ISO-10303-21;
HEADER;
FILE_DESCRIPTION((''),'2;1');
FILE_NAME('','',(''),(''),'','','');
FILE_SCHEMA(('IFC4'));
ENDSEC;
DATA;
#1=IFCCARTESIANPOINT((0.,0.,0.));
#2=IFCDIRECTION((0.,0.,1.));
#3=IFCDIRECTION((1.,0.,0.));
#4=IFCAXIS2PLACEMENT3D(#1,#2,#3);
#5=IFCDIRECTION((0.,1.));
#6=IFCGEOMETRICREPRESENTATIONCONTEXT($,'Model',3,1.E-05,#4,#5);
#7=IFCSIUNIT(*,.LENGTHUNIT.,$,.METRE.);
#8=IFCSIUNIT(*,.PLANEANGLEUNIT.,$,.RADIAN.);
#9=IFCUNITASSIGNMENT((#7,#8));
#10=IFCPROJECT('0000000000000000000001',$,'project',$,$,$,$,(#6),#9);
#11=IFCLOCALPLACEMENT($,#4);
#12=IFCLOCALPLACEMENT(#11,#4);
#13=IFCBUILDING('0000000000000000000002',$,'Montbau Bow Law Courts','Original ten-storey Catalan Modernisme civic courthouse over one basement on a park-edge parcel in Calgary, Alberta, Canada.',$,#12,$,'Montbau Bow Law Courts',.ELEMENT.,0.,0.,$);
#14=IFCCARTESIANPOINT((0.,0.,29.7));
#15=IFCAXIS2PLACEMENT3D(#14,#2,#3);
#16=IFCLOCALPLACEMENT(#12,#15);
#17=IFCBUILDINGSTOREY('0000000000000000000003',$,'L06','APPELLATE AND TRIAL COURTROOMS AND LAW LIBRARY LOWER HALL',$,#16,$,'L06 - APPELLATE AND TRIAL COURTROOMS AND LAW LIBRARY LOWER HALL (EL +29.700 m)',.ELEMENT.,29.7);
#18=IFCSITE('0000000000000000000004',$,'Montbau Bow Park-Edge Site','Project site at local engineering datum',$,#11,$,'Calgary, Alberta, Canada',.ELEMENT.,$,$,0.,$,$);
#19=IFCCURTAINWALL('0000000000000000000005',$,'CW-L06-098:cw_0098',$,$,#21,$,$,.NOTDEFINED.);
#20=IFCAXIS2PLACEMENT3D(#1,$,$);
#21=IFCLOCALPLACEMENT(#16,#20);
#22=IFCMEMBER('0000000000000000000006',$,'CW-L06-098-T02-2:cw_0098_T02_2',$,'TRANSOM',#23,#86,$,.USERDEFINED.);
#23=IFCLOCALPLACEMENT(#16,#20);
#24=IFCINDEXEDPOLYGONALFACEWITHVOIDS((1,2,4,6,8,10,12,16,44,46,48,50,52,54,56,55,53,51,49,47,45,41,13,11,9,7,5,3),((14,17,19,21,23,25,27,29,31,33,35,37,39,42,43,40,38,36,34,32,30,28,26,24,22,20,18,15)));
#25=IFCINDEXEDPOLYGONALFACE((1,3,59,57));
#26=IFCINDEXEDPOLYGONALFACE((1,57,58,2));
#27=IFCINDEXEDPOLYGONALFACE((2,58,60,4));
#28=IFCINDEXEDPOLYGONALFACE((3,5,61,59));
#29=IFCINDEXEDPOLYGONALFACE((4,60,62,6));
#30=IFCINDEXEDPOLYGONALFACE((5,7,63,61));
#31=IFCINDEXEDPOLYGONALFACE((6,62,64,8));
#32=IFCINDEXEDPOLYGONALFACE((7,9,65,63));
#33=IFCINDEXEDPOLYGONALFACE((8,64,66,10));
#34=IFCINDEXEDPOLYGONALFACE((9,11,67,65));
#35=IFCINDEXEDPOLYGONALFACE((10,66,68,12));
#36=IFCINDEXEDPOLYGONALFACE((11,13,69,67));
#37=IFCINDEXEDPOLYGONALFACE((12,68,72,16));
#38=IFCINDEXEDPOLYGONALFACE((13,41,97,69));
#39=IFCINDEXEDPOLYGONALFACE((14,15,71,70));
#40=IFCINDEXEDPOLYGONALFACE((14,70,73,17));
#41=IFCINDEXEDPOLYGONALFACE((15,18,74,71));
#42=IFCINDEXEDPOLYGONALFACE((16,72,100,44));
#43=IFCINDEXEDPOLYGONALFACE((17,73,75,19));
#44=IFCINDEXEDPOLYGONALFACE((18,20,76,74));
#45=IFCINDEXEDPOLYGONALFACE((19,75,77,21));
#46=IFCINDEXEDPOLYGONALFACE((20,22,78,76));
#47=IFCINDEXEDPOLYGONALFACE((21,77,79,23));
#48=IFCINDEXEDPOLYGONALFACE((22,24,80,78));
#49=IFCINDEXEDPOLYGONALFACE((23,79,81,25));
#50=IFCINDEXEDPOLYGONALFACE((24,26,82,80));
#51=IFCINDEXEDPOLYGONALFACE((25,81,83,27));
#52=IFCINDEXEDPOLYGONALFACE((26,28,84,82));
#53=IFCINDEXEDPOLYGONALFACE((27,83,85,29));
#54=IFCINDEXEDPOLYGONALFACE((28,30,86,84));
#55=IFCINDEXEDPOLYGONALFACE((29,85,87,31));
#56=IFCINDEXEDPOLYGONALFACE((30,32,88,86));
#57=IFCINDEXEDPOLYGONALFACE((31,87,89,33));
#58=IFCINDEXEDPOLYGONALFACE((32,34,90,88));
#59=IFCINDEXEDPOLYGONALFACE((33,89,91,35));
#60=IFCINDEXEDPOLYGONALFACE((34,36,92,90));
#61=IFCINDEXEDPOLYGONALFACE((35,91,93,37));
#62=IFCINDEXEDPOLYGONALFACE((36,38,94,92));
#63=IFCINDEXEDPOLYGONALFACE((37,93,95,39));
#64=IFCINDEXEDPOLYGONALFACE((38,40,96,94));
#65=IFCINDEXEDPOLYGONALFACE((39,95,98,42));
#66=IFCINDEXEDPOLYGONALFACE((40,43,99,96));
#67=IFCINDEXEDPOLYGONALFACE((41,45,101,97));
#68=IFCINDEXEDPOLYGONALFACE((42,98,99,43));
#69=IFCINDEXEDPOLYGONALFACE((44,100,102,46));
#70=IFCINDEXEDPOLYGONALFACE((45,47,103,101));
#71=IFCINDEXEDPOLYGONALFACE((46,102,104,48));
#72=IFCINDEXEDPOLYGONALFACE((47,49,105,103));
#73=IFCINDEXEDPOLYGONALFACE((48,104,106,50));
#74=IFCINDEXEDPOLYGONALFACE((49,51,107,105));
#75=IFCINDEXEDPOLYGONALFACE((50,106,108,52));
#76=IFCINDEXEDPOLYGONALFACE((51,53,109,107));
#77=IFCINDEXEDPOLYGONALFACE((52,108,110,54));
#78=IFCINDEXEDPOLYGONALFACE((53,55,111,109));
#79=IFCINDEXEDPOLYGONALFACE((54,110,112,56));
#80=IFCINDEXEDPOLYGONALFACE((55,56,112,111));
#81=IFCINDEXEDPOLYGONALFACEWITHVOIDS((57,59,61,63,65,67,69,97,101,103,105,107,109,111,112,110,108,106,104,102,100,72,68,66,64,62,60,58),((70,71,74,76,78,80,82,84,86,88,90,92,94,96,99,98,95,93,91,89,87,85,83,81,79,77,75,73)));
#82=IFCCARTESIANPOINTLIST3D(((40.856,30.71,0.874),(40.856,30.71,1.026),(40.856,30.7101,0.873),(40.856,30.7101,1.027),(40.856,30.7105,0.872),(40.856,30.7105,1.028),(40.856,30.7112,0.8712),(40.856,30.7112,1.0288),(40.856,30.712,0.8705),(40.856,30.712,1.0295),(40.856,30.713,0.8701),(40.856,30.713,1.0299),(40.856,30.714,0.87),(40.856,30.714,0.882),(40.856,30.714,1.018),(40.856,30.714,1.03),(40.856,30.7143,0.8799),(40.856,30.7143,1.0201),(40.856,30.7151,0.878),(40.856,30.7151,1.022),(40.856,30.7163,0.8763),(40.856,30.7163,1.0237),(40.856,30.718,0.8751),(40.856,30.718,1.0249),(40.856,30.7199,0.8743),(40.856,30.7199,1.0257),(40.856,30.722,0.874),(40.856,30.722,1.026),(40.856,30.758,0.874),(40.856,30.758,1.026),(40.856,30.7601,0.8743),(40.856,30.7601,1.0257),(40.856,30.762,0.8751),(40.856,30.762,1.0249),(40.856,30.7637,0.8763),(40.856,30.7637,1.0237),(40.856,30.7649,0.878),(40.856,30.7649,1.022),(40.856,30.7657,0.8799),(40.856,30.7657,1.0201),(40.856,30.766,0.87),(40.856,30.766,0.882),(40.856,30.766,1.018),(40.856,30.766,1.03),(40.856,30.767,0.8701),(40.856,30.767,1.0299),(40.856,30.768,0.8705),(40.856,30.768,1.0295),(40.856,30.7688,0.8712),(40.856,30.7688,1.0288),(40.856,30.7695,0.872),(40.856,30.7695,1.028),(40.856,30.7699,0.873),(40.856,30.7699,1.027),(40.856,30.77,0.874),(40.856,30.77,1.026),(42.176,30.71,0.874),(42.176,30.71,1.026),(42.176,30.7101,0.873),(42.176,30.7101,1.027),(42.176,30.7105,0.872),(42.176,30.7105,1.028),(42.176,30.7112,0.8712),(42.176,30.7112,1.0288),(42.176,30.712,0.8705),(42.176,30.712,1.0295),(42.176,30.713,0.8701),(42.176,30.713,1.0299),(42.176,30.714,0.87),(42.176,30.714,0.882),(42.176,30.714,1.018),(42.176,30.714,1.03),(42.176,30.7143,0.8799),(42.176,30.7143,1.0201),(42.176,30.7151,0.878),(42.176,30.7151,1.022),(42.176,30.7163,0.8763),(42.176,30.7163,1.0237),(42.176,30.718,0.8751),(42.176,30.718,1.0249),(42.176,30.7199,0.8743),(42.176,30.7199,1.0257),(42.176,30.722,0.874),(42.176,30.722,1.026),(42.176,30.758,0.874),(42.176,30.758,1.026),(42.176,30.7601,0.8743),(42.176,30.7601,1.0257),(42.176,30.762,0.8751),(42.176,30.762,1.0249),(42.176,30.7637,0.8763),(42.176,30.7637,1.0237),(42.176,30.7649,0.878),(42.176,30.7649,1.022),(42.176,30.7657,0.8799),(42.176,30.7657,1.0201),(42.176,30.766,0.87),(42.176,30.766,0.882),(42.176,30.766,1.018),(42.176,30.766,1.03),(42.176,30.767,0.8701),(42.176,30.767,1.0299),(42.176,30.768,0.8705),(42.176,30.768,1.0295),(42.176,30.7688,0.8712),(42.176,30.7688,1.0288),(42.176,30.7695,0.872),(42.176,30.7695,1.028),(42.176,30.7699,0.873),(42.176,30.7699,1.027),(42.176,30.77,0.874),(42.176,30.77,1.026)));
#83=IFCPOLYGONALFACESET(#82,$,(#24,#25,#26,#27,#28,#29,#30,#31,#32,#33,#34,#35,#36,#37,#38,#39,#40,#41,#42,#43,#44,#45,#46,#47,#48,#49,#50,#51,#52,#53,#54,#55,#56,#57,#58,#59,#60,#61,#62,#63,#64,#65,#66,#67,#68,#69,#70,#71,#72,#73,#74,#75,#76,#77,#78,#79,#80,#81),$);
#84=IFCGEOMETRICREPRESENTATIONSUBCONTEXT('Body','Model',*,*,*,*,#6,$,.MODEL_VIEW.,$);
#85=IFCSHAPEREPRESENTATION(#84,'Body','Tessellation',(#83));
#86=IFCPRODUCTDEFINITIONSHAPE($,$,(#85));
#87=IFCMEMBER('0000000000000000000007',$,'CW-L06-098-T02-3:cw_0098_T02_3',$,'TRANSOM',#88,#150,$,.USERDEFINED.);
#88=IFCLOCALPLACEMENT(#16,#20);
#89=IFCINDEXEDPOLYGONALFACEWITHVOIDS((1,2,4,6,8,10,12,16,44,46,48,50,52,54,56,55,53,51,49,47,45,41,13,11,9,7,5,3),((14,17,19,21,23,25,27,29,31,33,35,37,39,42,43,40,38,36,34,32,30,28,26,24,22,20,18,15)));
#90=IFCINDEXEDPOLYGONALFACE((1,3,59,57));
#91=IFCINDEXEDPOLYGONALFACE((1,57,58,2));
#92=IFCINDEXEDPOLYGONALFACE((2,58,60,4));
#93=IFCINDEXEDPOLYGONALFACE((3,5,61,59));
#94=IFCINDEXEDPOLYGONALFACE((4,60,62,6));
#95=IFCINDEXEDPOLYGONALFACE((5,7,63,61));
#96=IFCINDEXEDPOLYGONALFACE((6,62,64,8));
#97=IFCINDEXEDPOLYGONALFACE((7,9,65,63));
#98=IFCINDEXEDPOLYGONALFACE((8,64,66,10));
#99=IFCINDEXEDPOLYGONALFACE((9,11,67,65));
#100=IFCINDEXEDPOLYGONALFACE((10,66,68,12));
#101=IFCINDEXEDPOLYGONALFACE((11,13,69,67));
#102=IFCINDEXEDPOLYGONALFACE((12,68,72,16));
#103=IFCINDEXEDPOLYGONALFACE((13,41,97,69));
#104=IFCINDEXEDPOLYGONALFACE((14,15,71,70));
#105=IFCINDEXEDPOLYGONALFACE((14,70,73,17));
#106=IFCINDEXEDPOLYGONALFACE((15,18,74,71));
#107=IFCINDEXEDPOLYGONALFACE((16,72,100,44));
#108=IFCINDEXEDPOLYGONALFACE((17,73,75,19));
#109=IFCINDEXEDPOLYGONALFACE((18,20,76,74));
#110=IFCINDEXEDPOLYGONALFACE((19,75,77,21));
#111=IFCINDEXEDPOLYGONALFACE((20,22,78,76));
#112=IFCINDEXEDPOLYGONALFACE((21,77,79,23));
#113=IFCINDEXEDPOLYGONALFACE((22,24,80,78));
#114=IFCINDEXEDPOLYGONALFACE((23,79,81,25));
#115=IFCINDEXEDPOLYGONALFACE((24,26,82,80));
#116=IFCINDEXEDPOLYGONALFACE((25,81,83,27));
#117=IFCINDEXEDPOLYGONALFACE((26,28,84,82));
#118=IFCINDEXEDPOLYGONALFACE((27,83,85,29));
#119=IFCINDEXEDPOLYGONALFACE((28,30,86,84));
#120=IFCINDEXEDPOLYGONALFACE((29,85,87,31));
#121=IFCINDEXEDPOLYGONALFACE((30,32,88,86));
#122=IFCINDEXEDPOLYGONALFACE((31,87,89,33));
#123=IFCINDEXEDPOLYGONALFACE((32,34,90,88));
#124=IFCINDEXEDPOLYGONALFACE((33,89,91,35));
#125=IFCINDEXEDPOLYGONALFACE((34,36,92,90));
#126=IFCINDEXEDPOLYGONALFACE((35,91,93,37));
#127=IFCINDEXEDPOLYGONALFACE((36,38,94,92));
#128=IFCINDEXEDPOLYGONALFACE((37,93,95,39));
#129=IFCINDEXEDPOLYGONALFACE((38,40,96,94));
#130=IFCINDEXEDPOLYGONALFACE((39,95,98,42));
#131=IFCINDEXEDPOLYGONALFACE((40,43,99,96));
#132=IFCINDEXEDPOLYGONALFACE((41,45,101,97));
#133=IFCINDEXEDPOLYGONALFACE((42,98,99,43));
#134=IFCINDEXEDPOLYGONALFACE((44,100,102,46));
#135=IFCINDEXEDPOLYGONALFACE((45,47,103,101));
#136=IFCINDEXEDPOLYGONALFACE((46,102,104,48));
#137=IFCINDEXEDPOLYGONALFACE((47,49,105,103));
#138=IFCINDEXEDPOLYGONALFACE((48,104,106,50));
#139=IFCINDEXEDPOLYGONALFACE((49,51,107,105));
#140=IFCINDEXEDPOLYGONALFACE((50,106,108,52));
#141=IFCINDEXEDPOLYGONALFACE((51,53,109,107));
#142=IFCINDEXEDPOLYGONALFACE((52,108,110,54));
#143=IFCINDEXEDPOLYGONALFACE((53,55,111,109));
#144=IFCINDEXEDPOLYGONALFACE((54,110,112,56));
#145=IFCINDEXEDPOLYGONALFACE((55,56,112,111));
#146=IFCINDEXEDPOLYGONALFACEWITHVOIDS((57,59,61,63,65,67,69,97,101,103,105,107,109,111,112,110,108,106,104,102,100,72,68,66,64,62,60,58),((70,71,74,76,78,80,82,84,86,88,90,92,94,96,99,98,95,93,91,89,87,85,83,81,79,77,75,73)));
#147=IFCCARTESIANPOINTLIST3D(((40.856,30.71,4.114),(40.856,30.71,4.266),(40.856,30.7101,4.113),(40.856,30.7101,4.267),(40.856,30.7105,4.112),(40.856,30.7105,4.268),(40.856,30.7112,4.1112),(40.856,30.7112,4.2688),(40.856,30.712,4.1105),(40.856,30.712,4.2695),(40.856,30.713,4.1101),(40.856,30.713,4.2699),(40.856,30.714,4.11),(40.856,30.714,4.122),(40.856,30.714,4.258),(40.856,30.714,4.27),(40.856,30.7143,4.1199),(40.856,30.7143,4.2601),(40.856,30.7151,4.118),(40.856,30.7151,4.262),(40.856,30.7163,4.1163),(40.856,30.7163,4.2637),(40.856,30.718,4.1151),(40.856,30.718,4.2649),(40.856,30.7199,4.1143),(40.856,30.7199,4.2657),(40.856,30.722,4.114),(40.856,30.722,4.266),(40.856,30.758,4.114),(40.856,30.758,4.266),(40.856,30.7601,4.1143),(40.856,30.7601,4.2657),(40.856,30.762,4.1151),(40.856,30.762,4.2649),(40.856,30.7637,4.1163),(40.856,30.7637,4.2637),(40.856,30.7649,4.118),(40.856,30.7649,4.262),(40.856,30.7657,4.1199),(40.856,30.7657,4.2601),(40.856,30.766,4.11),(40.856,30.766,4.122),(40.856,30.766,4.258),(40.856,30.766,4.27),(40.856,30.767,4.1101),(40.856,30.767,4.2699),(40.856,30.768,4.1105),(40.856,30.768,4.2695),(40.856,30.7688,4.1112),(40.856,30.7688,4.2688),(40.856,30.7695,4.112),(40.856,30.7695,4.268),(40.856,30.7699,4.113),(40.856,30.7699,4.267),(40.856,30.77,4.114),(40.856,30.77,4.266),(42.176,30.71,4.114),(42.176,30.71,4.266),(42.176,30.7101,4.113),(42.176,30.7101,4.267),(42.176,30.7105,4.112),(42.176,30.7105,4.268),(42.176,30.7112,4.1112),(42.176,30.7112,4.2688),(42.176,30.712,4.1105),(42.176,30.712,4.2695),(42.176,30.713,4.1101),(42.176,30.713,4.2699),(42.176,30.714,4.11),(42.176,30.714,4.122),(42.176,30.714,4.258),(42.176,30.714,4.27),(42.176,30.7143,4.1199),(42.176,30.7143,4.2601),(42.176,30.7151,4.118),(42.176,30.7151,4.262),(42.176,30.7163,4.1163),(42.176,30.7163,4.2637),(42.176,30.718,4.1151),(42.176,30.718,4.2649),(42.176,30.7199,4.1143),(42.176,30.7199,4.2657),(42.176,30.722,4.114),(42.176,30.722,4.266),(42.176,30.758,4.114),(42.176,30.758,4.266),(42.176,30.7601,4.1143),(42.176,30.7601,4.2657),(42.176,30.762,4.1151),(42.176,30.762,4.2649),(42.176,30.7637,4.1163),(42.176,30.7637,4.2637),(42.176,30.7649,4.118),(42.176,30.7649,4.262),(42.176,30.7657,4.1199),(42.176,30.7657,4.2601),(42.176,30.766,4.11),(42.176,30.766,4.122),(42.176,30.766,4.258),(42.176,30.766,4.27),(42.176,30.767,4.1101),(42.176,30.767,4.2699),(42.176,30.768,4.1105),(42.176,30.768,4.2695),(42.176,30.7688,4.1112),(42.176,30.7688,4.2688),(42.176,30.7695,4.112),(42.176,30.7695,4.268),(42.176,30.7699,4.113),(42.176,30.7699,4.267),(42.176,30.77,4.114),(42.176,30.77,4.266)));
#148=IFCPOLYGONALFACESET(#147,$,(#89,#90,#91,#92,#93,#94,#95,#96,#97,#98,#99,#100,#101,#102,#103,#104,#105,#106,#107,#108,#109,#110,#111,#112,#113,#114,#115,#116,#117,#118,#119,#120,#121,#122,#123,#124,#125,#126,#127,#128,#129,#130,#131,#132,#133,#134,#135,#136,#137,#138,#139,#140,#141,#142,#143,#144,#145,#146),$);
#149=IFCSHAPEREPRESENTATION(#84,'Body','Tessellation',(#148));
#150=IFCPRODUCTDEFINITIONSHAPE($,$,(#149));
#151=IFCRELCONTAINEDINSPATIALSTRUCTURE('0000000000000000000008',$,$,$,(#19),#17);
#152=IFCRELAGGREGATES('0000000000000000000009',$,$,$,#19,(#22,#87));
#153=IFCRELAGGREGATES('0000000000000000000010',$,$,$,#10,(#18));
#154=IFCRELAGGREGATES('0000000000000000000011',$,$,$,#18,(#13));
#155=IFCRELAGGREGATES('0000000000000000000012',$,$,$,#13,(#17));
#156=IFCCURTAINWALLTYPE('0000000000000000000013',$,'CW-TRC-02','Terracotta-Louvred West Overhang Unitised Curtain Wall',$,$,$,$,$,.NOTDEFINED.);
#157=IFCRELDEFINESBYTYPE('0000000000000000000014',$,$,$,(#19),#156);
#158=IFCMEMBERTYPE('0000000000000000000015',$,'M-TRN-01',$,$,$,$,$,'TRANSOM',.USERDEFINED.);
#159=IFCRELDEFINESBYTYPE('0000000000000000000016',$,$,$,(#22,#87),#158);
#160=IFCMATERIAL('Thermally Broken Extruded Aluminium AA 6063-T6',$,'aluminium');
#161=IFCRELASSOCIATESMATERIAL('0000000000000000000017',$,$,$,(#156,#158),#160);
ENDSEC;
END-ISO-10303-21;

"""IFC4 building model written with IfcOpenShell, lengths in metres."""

from ifc_helpers import new_model, si_unit, direction, frame, origin_with_axes, origin_2d_with_axis, place, context, subcontext, project, spatial, hollow_rectangle, extrude, material, material_profile, profile_set, type_object, element, aggregate, save


model = new_model("IFC4")

# Units and contexts
model_context = context("Model", 3, precision=1e-05, world=origin_with_axes(), true_north=direction((0.0, 1.0)))
body_context = subcontext(model_context, "Body", "Model", "MODEL_VIEW")
ifc_project = project(units=[si_unit("LENGTHUNIT", "METRE"), si_unit("PLANEANGLEUNIT", "RADIAN")], contexts=[model_context])

# Site, building, storey
site_placement = place(None, origin_with_axes())
site = spatial("IfcSite", under=ifc_project, at=site_placement, Name="Montbau Bow Park-Edge Site", Description="Project site at local engineering datum", LongName="Calgary, Alberta, Canada", CompositionType="ELEMENT", RefElevation=0.0)
building_placement = place(site_placement, origin_with_axes())
building = spatial("IfcBuilding", under=site, at=building_placement, Name="Montbau Bow Law Courts", Description="Original ten-storey Catalan Modernisme civic courthouse over one basement on a park-edge parcel in Calgary, Alberta, Canada.", LongName="Montbau Bow Law Courts", CompositionType="ELEMENT", ElevationOfRefHeight=0.0, ElevationOfTerrain=0.0)
storey_placement = place(building_placement, frame((0.0, 0.0, 29.7), z_axis=(0.0, 0.0, 1.0), x_axis=(1.0, 0.0, 0.0)))
storey = spatial("IfcBuildingStorey", under=building, at=storey_placement, Name="L06", Description="APPELLATE AND TRIAL COURTROOMS AND LAW LIBRARY LOWER HALL", LongName="L06 - APPELLATE AND TRIAL COURTROOMS AND LAW LIBRARY LOWER HALL (EL +29.700 m)", CompositionType="ELEMENT", Elevation=29.7)

# Curtain wall, members
ifc_material_1 = material(Name="Thermally Broken Extruded Aluminium AA 6063-T6", Category="aluminium")
curtain_wall_type = type_object("IfcCurtainWallType", Name="CW-TRC-02", Description="Terracotta-Louvred West Overhang Unitised Curtain Wall", PredefinedType="NOTDEFINED", material=ifc_material_1)
curtain_wall_placement = place(None, frame((39.44, 30.74, 29.7), z_axis=(0.0, 0.0, 1.0), x_axis=(1.0, 0.0, 0.0)))
curtain_wall = element("IfcCurtainWall", 1, at=curtain_wall_placement, inside=storey, type_object=curtain_wall_type, Name="CW-L06-098:cw_0098", PredefinedType="NOTDEFINED")
ifc_material_profile_1 = material_profile(ifc_material_1, hollow_rectangle(XDim=0.06, YDim=0.16, WallThickness=0.004, InnerFilletRadius=0.008, OuterFilletRadius=0.004, at=origin_2d_with_axis()), Name="CWT-160X60", Category="Main", Priority=0)
ifc_profile_set_1 = profile_set([ifc_material_profile_1], Name="Thermally Broken Extruded Aluminium AA 6063-T6")
member_type_1 = type_object("IfcMemberType", Name="M-TRN-01", ElementType="TRANSOM", PredefinedType="USERDEFINED", material=ifc_profile_set_1)
member_1_placement = place(None, frame((40.856, 30.74, 30.65), z_axis=(1.0, 0.0, 0.0), x_axis=(0.0, 1.0, 0.0)))
member_1 = element("IfcMember", 2, at=member_1_placement, type_object=member_type_1, Name="CW-L06-098-T02-2:cw_0098_T02_2", ObjectType="TRANSOM", PredefinedType="USERDEFINED", context=body_context, shape_type="SweptSolid", body=[
    extrude(hollow_rectangle(XDim=0.06, YDim=0.16, WallThickness=0.004, InnerFilletRadius=0.008, OuterFilletRadius=0.004, at=origin_2d_with_axis()), origin_with_axes(), (0.0, 0.0, 1.0), 1.32),
])
member_2_placement = place(None, frame((40.856, 30.74, 33.89), z_axis=(1.0, 0.0, 0.0), x_axis=(0.0, 1.0, 0.0)))
member_2 = element("IfcMember", 3, at=member_2_placement, type_object=member_type_1, Name="CW-L06-098-T02-3:cw_0098_T02_3", ObjectType="TRANSOM", PredefinedType="USERDEFINED", context=body_context, shape_type="SweptSolid", body=[
    extrude(hollow_rectangle(XDim=0.06, YDim=0.16, WallThickness=0.004, InnerFilletRadius=0.008, OuterFilletRadius=0.004, at=origin_2d_with_axis()), origin_with_axes(), (0.0, 0.0, 1.0), 1.32),
])
aggregate(curtain_wall, [member_1, member_2])

save(model, "model.ifc")
